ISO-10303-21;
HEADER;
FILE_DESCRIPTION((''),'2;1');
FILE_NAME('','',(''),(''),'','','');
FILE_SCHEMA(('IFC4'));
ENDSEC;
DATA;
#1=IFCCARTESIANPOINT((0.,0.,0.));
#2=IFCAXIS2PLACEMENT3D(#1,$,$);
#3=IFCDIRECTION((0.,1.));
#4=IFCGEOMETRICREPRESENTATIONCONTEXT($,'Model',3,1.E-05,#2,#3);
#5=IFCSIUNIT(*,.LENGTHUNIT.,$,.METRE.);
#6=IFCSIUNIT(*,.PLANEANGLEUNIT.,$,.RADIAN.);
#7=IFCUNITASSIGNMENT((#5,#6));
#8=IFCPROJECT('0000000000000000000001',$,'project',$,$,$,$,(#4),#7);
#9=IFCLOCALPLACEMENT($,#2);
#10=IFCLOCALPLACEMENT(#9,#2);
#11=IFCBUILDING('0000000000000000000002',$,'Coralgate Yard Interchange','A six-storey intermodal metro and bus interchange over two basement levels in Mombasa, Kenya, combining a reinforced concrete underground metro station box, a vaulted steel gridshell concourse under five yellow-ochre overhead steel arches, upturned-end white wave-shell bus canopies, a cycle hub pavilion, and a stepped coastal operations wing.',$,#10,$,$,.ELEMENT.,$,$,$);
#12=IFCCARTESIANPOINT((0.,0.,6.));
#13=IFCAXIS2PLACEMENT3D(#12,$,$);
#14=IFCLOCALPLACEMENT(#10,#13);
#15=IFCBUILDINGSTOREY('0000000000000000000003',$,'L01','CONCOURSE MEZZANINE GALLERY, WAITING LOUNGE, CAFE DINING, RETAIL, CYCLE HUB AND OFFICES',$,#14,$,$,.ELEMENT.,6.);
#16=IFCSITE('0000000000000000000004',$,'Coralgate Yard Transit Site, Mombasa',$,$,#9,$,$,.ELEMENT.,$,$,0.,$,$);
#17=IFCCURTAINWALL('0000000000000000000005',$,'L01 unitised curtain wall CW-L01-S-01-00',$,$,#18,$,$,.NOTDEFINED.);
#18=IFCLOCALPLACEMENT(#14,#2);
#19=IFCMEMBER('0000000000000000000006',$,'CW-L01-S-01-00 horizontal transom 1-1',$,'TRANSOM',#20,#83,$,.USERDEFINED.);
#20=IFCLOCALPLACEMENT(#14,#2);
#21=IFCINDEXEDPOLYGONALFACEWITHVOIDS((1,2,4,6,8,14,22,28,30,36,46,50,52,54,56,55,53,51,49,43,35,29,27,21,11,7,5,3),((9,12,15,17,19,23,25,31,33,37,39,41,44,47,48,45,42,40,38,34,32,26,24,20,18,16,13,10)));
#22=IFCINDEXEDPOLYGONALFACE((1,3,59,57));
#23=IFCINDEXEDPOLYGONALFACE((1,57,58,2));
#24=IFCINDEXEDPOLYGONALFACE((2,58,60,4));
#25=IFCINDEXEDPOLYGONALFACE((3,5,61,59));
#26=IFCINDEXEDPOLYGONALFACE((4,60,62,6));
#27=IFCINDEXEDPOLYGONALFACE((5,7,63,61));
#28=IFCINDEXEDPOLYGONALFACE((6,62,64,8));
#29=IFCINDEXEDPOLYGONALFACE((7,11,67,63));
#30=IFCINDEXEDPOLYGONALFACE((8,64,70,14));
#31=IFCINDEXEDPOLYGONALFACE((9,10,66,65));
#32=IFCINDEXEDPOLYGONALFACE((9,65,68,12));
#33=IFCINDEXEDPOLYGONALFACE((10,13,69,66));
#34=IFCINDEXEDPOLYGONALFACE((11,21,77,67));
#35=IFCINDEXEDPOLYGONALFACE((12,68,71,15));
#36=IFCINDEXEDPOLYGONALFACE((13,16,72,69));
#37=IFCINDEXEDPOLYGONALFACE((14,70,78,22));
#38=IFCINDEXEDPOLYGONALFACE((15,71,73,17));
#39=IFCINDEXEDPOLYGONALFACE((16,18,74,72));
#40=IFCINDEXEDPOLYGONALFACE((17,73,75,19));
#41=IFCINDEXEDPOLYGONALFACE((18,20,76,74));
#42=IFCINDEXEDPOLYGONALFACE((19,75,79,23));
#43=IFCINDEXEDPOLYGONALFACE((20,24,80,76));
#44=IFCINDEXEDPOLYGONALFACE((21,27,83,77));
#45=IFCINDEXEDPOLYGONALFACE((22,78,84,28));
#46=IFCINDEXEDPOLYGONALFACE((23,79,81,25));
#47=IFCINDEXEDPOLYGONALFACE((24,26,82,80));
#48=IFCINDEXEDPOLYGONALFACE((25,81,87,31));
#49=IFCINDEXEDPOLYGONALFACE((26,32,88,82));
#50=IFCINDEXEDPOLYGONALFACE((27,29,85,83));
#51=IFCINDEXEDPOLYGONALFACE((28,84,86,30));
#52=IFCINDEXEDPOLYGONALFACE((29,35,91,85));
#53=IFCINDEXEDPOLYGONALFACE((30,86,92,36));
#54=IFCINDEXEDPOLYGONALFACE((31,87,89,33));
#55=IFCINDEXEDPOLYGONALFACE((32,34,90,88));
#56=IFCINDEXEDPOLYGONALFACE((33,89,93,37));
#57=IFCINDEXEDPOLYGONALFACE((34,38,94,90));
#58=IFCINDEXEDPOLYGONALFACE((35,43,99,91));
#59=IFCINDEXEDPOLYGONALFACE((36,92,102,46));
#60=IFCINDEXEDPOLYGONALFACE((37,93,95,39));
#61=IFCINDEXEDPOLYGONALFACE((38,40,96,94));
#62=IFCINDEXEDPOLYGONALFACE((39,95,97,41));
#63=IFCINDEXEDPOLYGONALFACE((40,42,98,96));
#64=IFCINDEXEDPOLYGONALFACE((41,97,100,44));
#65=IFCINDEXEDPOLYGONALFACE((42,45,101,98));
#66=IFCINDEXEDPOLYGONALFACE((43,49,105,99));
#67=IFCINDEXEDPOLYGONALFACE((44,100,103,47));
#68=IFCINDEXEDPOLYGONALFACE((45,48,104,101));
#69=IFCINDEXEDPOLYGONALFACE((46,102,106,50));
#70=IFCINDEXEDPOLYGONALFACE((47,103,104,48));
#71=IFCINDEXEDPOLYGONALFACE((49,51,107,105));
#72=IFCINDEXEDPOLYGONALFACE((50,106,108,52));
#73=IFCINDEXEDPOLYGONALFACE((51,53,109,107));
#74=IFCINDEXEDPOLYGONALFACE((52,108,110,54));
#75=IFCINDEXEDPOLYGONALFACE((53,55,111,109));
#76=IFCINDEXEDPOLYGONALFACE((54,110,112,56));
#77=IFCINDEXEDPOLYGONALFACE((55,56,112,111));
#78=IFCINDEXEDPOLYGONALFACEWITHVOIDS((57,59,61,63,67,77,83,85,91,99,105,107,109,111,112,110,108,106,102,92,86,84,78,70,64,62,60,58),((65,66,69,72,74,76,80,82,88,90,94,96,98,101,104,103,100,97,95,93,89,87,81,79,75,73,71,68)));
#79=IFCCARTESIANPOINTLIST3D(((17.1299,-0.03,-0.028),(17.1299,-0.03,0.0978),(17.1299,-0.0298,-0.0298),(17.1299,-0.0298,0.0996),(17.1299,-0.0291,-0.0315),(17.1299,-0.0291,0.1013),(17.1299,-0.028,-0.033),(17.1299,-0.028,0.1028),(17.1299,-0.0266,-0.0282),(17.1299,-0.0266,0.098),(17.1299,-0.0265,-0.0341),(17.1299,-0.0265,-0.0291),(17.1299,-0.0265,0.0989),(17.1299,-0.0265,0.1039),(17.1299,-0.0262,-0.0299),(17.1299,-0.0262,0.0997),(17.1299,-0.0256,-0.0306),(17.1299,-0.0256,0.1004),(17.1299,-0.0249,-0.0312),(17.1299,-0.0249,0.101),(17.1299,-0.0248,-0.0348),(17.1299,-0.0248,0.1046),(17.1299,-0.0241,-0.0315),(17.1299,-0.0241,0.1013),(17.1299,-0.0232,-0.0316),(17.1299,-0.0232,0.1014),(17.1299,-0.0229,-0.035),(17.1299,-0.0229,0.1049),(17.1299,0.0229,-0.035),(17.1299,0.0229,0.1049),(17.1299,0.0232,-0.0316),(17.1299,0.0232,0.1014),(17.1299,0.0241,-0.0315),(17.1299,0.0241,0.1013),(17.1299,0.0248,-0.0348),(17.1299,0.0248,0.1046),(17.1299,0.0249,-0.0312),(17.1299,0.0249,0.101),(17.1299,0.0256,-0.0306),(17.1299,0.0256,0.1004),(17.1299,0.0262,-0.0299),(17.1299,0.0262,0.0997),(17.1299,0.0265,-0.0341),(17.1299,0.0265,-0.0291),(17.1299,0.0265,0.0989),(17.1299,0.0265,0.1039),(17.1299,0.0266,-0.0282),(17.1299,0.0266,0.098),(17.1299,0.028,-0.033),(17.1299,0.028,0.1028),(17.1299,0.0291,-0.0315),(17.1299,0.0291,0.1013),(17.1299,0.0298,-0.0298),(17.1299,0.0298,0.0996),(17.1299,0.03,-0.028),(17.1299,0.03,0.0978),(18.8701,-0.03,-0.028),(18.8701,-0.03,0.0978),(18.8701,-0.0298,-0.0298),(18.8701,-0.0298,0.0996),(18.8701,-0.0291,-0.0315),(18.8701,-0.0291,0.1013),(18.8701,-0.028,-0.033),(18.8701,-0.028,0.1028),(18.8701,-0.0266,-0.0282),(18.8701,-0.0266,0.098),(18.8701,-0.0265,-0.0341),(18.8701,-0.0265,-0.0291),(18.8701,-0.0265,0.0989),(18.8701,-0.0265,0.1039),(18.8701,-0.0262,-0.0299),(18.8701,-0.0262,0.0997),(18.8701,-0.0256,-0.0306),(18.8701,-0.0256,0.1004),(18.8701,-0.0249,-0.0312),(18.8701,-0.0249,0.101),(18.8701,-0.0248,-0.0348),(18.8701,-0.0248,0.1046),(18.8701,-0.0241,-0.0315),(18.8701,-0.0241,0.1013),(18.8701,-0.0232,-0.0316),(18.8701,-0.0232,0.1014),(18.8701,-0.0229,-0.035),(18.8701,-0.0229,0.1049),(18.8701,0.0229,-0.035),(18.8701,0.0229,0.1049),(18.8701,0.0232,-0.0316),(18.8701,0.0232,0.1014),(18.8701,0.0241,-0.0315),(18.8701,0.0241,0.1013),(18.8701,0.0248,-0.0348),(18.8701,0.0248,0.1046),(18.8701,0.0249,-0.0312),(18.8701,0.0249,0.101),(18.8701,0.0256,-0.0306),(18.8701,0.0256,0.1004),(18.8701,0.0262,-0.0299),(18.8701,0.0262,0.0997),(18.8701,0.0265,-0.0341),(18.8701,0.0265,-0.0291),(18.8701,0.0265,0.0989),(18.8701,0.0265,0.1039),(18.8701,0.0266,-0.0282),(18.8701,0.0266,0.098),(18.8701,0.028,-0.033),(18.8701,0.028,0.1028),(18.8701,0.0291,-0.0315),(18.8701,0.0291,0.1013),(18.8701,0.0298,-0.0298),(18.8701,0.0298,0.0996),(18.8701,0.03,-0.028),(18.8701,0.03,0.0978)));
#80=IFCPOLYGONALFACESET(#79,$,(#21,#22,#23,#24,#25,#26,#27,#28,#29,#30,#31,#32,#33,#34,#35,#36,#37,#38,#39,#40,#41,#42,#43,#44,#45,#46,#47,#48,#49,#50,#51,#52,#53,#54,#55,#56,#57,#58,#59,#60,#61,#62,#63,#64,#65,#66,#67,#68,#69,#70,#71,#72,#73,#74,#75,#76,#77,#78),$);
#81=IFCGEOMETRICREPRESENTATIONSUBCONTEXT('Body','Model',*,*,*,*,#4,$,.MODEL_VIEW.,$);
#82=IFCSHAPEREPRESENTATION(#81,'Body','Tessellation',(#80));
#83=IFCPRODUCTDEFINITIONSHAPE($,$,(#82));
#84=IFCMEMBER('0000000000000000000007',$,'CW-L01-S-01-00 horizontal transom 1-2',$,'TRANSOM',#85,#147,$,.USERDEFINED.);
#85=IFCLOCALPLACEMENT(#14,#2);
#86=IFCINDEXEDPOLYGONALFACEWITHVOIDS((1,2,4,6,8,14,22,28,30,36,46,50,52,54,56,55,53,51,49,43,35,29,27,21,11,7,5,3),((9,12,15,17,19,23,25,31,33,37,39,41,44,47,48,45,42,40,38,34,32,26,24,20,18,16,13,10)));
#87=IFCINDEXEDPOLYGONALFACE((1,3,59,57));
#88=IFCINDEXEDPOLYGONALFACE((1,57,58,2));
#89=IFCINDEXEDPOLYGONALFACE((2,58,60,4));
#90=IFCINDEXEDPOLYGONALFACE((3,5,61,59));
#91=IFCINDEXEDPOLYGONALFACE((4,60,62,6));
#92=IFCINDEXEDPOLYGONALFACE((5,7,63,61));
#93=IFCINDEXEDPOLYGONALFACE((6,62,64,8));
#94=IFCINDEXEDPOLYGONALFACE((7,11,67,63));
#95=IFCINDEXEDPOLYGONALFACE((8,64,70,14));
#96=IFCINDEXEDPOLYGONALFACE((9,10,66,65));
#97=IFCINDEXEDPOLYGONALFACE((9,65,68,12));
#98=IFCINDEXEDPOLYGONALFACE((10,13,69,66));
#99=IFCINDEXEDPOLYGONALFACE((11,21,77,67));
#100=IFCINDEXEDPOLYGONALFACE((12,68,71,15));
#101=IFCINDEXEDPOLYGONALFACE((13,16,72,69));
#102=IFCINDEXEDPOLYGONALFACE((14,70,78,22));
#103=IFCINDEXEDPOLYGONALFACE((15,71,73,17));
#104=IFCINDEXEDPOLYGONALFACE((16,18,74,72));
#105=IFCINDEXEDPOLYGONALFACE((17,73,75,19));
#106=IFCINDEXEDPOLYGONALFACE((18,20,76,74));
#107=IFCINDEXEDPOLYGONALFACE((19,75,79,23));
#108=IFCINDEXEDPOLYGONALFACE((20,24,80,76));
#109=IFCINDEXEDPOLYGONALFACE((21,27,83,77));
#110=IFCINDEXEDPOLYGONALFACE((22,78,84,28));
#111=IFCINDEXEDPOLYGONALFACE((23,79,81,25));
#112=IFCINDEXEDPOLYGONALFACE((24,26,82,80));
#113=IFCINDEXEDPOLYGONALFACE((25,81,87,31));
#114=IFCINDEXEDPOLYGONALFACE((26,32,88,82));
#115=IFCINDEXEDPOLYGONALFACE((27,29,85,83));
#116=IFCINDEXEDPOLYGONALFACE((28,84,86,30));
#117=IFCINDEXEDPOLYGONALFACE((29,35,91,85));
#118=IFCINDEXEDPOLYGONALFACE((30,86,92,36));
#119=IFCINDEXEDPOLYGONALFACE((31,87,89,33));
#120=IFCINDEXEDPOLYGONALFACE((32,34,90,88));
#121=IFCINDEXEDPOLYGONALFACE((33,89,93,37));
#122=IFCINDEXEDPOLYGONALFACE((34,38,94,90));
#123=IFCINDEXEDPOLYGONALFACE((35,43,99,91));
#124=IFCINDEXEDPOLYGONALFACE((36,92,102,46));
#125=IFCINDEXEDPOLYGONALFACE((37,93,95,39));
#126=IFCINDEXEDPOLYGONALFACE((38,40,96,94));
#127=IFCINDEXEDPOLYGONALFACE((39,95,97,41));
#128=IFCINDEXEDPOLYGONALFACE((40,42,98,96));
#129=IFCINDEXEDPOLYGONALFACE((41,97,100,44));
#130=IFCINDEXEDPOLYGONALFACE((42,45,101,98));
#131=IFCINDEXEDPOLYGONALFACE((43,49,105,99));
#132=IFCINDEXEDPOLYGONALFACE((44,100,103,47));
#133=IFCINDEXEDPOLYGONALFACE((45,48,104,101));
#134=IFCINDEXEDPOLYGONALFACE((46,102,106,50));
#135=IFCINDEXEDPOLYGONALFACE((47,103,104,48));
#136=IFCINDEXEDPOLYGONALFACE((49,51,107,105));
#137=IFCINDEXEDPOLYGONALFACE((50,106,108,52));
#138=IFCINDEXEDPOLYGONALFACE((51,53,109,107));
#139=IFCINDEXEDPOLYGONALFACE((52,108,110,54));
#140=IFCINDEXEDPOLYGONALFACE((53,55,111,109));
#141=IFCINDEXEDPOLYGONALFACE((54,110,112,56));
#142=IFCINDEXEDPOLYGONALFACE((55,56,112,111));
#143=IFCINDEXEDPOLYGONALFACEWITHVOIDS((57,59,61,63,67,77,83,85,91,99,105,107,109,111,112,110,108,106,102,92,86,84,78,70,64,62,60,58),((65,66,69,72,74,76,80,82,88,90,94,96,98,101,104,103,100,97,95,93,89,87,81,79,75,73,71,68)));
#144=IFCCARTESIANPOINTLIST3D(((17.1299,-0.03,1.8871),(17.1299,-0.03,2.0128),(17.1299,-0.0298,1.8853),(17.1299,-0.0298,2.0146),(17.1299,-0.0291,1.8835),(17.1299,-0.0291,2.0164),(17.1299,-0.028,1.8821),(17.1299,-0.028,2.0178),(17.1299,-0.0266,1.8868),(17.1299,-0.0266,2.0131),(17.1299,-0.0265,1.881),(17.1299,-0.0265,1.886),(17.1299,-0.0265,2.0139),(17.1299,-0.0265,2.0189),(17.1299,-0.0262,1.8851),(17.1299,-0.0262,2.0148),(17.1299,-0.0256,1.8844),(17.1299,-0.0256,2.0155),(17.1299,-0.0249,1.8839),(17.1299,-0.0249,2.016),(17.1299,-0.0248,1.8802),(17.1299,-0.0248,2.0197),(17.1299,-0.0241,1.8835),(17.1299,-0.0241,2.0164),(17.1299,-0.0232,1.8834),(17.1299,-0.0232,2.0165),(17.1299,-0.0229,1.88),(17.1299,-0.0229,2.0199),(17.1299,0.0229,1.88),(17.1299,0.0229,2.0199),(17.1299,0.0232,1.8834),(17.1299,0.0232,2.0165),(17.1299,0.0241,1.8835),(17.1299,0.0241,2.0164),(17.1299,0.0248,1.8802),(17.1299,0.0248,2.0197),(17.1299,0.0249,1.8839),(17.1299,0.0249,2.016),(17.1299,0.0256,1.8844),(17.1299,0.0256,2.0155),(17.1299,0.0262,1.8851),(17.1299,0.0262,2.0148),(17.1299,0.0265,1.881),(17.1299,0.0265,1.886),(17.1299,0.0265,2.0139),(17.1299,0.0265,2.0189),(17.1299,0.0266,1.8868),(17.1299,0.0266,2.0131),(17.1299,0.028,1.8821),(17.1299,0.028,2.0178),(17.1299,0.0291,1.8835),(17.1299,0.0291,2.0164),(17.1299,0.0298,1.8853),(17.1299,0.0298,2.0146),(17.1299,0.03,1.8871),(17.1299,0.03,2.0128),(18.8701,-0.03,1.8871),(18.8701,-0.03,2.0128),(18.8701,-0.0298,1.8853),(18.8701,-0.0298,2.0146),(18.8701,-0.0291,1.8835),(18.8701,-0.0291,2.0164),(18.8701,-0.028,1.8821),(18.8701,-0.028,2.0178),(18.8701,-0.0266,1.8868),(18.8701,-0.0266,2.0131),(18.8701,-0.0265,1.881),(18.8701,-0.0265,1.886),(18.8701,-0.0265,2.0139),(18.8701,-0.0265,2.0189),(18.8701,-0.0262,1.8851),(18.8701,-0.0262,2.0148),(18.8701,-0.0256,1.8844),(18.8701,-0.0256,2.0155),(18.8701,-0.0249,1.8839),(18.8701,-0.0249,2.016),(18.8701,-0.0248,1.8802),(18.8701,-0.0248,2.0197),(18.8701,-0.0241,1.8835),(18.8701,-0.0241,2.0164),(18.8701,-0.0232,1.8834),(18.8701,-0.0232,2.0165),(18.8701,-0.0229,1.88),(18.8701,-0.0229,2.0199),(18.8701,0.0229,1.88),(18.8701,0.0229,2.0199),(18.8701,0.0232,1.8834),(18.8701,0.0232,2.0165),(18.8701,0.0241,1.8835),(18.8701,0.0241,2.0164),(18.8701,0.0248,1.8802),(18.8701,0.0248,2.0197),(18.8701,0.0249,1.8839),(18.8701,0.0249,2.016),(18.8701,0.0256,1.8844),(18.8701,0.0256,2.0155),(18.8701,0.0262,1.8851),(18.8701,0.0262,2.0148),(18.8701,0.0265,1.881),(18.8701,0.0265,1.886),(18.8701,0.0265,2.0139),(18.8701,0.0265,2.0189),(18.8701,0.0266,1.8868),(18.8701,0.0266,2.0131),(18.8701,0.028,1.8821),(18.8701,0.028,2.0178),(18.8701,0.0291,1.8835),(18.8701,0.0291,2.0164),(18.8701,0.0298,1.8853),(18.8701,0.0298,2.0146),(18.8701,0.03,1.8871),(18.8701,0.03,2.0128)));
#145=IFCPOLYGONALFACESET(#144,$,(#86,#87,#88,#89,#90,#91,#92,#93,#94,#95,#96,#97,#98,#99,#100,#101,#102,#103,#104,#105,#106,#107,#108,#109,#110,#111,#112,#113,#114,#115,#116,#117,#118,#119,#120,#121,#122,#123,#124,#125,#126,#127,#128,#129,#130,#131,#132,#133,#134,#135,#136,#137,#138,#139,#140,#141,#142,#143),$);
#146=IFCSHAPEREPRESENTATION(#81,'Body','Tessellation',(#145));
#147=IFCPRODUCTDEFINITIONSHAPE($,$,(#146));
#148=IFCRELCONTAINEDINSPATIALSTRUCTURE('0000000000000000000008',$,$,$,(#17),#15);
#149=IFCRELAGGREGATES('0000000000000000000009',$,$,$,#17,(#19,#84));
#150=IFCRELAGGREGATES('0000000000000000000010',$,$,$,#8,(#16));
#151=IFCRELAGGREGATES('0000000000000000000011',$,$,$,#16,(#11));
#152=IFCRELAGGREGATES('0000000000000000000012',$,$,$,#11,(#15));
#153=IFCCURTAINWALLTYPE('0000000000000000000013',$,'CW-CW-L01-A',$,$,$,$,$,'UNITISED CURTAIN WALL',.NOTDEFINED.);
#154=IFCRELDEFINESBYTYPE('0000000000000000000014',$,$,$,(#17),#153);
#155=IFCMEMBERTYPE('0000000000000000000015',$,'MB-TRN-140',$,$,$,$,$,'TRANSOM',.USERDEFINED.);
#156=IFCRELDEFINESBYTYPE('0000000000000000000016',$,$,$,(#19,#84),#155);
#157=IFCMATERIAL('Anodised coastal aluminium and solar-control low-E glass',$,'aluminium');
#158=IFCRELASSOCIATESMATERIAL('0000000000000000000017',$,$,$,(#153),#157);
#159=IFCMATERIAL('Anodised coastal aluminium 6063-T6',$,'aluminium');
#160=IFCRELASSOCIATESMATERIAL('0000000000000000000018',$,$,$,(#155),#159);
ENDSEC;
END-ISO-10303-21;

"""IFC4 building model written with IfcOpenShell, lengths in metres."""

from ifc_helpers import new_model, si_unit, direction, frame, origin, origin_2d, place, context, subcontext, project, spatial, hollow_rectangle, extrude, material, material_profile, profile_set, type_object, element, aggregate, save


model = new_model("IFC4")

# Units and contexts
model_context = context("Model", 3, precision=1e-05, world=origin(), true_north=direction((0.0, 1.0)))
body_context = subcontext(model_context, "Body", "Model", "MODEL_VIEW")
ifc_project = project(units=[si_unit("LENGTHUNIT", "METRE"), si_unit("PLANEANGLEUNIT", "RADIAN")], contexts=[model_context])

# Site, building, storey
site_placement = place(None, origin())
site = spatial("IfcSite", under=ifc_project, at=site_placement, Name="Coralgate Yard Transit Site, Mombasa", CompositionType="ELEMENT", RefElevation=0.0)
building_placement = place(site_placement, origin())
building = spatial("IfcBuilding", under=site, at=building_placement, Name="Coralgate Yard Interchange", Description="A six-storey intermodal metro and bus interchange over two basement levels in Mombasa, Kenya, combining a reinforced concrete underground metro station box, a vaulted steel gridshell concourse under five yellow-ochre overhead steel arches, upturned-end white wave-shell bus canopies, a cycle hub pavilion, and a stepped coastal operations wing.", CompositionType="ELEMENT")
storey_placement = place(building_placement, frame((0.0, 0.0, 6.0)))
storey = spatial("IfcBuildingStorey", under=building, at=storey_placement, Name="L01", Description="CONCOURSE MEZZANINE GALLERY, WAITING LOUNGE, CAFE DINING, RETAIL, CYCLE HUB AND OFFICES", CompositionType="ELEMENT", Elevation=6.0)

# Curtain wall, members
ifc_material_1 = material(Name="Anodised coastal aluminium and solar-control low-E glass", Category="aluminium")
curtain_wall_type = type_object("IfcCurtainWallType", Name="CW-CW-L01-A", ElementType="UNITISED CURTAIN WALL", PredefinedType="NOTDEFINED", material=ifc_material_1)
curtain_wall_placement = place(storey_placement, origin())
curtain_wall = element("IfcCurtainWall", 1, at=curtain_wall_placement, inside=storey, type_object=curtain_wall_type, Name="L01 unitised curtain wall CW-L01-S-01-00", PredefinedType="NOTDEFINED")
ifc_material_2 = material(Name="Anodised coastal aluminium 6063-T6", Category="aluminium")
ifc_material_profile_1 = material_profile(ifc_material_2, hollow_rectangle(XDim=0.0601, YDim=0.1399, WallThickness=0.0034, InnerFilletRadius=0.0034, OuterFilletRadius=0.0071, at=origin_2d()), Name="ALU 60x140x3.5")
ifc_profile_set_1 = profile_set([ifc_material_profile_1], Name="Anodised coastal aluminium 6063-T6")
member_type_1 = type_object("IfcMemberType", Name="MB-TRN-140", ElementType="TRANSOM", PredefinedType="USERDEFINED", material=ifc_profile_set_1)
member_1_placement = place(storey_placement, frame((18.8701, 0.0, 0.0349), z_axis=(-1.0, 0.0, 0.0), x_axis=(0.0, -1.0, 0.0)))
member_1 = element("IfcMember", 2, at=member_1_placement, type_object=member_type_1, Name="CW-L01-S-01-00 horizontal transom 1-1", ObjectType="TRANSOM", PredefinedType="USERDEFINED", context=body_context, shape_type="SweptSolid", body=[
    extrude(hollow_rectangle(XDim=0.0601, YDim=0.1399, WallThickness=0.0034, InnerFilletRadius=0.0034, OuterFilletRadius=0.0071, at=origin_2d()), origin(), (0.0, 0.0, 1.0), 1.7402),
])
member_2_placement = place(storey_placement, frame((18.8701, 0.0, 1.95), z_axis=(-1.0, 0.0, 0.0), x_axis=(0.0, -1.0, 0.0)))
member_2 = element("IfcMember", 3, at=member_2_placement, type_object=member_type_1, Name="CW-L01-S-01-00 horizontal transom 1-2", ObjectType="TRANSOM", PredefinedType="USERDEFINED", context=body_context, shape_type="SweptSolid", body=[
    extrude(hollow_rectangle(XDim=0.0601, YDim=0.1399, WallThickness=0.0034, InnerFilletRadius=0.0034, OuterFilletRadius=0.0071, at=origin_2d()), origin(), (0.0, 0.0, 1.0), 1.7402),
])
aggregate(curtain_wall, [member_1, member_2])

save(model, "model.ifc")
